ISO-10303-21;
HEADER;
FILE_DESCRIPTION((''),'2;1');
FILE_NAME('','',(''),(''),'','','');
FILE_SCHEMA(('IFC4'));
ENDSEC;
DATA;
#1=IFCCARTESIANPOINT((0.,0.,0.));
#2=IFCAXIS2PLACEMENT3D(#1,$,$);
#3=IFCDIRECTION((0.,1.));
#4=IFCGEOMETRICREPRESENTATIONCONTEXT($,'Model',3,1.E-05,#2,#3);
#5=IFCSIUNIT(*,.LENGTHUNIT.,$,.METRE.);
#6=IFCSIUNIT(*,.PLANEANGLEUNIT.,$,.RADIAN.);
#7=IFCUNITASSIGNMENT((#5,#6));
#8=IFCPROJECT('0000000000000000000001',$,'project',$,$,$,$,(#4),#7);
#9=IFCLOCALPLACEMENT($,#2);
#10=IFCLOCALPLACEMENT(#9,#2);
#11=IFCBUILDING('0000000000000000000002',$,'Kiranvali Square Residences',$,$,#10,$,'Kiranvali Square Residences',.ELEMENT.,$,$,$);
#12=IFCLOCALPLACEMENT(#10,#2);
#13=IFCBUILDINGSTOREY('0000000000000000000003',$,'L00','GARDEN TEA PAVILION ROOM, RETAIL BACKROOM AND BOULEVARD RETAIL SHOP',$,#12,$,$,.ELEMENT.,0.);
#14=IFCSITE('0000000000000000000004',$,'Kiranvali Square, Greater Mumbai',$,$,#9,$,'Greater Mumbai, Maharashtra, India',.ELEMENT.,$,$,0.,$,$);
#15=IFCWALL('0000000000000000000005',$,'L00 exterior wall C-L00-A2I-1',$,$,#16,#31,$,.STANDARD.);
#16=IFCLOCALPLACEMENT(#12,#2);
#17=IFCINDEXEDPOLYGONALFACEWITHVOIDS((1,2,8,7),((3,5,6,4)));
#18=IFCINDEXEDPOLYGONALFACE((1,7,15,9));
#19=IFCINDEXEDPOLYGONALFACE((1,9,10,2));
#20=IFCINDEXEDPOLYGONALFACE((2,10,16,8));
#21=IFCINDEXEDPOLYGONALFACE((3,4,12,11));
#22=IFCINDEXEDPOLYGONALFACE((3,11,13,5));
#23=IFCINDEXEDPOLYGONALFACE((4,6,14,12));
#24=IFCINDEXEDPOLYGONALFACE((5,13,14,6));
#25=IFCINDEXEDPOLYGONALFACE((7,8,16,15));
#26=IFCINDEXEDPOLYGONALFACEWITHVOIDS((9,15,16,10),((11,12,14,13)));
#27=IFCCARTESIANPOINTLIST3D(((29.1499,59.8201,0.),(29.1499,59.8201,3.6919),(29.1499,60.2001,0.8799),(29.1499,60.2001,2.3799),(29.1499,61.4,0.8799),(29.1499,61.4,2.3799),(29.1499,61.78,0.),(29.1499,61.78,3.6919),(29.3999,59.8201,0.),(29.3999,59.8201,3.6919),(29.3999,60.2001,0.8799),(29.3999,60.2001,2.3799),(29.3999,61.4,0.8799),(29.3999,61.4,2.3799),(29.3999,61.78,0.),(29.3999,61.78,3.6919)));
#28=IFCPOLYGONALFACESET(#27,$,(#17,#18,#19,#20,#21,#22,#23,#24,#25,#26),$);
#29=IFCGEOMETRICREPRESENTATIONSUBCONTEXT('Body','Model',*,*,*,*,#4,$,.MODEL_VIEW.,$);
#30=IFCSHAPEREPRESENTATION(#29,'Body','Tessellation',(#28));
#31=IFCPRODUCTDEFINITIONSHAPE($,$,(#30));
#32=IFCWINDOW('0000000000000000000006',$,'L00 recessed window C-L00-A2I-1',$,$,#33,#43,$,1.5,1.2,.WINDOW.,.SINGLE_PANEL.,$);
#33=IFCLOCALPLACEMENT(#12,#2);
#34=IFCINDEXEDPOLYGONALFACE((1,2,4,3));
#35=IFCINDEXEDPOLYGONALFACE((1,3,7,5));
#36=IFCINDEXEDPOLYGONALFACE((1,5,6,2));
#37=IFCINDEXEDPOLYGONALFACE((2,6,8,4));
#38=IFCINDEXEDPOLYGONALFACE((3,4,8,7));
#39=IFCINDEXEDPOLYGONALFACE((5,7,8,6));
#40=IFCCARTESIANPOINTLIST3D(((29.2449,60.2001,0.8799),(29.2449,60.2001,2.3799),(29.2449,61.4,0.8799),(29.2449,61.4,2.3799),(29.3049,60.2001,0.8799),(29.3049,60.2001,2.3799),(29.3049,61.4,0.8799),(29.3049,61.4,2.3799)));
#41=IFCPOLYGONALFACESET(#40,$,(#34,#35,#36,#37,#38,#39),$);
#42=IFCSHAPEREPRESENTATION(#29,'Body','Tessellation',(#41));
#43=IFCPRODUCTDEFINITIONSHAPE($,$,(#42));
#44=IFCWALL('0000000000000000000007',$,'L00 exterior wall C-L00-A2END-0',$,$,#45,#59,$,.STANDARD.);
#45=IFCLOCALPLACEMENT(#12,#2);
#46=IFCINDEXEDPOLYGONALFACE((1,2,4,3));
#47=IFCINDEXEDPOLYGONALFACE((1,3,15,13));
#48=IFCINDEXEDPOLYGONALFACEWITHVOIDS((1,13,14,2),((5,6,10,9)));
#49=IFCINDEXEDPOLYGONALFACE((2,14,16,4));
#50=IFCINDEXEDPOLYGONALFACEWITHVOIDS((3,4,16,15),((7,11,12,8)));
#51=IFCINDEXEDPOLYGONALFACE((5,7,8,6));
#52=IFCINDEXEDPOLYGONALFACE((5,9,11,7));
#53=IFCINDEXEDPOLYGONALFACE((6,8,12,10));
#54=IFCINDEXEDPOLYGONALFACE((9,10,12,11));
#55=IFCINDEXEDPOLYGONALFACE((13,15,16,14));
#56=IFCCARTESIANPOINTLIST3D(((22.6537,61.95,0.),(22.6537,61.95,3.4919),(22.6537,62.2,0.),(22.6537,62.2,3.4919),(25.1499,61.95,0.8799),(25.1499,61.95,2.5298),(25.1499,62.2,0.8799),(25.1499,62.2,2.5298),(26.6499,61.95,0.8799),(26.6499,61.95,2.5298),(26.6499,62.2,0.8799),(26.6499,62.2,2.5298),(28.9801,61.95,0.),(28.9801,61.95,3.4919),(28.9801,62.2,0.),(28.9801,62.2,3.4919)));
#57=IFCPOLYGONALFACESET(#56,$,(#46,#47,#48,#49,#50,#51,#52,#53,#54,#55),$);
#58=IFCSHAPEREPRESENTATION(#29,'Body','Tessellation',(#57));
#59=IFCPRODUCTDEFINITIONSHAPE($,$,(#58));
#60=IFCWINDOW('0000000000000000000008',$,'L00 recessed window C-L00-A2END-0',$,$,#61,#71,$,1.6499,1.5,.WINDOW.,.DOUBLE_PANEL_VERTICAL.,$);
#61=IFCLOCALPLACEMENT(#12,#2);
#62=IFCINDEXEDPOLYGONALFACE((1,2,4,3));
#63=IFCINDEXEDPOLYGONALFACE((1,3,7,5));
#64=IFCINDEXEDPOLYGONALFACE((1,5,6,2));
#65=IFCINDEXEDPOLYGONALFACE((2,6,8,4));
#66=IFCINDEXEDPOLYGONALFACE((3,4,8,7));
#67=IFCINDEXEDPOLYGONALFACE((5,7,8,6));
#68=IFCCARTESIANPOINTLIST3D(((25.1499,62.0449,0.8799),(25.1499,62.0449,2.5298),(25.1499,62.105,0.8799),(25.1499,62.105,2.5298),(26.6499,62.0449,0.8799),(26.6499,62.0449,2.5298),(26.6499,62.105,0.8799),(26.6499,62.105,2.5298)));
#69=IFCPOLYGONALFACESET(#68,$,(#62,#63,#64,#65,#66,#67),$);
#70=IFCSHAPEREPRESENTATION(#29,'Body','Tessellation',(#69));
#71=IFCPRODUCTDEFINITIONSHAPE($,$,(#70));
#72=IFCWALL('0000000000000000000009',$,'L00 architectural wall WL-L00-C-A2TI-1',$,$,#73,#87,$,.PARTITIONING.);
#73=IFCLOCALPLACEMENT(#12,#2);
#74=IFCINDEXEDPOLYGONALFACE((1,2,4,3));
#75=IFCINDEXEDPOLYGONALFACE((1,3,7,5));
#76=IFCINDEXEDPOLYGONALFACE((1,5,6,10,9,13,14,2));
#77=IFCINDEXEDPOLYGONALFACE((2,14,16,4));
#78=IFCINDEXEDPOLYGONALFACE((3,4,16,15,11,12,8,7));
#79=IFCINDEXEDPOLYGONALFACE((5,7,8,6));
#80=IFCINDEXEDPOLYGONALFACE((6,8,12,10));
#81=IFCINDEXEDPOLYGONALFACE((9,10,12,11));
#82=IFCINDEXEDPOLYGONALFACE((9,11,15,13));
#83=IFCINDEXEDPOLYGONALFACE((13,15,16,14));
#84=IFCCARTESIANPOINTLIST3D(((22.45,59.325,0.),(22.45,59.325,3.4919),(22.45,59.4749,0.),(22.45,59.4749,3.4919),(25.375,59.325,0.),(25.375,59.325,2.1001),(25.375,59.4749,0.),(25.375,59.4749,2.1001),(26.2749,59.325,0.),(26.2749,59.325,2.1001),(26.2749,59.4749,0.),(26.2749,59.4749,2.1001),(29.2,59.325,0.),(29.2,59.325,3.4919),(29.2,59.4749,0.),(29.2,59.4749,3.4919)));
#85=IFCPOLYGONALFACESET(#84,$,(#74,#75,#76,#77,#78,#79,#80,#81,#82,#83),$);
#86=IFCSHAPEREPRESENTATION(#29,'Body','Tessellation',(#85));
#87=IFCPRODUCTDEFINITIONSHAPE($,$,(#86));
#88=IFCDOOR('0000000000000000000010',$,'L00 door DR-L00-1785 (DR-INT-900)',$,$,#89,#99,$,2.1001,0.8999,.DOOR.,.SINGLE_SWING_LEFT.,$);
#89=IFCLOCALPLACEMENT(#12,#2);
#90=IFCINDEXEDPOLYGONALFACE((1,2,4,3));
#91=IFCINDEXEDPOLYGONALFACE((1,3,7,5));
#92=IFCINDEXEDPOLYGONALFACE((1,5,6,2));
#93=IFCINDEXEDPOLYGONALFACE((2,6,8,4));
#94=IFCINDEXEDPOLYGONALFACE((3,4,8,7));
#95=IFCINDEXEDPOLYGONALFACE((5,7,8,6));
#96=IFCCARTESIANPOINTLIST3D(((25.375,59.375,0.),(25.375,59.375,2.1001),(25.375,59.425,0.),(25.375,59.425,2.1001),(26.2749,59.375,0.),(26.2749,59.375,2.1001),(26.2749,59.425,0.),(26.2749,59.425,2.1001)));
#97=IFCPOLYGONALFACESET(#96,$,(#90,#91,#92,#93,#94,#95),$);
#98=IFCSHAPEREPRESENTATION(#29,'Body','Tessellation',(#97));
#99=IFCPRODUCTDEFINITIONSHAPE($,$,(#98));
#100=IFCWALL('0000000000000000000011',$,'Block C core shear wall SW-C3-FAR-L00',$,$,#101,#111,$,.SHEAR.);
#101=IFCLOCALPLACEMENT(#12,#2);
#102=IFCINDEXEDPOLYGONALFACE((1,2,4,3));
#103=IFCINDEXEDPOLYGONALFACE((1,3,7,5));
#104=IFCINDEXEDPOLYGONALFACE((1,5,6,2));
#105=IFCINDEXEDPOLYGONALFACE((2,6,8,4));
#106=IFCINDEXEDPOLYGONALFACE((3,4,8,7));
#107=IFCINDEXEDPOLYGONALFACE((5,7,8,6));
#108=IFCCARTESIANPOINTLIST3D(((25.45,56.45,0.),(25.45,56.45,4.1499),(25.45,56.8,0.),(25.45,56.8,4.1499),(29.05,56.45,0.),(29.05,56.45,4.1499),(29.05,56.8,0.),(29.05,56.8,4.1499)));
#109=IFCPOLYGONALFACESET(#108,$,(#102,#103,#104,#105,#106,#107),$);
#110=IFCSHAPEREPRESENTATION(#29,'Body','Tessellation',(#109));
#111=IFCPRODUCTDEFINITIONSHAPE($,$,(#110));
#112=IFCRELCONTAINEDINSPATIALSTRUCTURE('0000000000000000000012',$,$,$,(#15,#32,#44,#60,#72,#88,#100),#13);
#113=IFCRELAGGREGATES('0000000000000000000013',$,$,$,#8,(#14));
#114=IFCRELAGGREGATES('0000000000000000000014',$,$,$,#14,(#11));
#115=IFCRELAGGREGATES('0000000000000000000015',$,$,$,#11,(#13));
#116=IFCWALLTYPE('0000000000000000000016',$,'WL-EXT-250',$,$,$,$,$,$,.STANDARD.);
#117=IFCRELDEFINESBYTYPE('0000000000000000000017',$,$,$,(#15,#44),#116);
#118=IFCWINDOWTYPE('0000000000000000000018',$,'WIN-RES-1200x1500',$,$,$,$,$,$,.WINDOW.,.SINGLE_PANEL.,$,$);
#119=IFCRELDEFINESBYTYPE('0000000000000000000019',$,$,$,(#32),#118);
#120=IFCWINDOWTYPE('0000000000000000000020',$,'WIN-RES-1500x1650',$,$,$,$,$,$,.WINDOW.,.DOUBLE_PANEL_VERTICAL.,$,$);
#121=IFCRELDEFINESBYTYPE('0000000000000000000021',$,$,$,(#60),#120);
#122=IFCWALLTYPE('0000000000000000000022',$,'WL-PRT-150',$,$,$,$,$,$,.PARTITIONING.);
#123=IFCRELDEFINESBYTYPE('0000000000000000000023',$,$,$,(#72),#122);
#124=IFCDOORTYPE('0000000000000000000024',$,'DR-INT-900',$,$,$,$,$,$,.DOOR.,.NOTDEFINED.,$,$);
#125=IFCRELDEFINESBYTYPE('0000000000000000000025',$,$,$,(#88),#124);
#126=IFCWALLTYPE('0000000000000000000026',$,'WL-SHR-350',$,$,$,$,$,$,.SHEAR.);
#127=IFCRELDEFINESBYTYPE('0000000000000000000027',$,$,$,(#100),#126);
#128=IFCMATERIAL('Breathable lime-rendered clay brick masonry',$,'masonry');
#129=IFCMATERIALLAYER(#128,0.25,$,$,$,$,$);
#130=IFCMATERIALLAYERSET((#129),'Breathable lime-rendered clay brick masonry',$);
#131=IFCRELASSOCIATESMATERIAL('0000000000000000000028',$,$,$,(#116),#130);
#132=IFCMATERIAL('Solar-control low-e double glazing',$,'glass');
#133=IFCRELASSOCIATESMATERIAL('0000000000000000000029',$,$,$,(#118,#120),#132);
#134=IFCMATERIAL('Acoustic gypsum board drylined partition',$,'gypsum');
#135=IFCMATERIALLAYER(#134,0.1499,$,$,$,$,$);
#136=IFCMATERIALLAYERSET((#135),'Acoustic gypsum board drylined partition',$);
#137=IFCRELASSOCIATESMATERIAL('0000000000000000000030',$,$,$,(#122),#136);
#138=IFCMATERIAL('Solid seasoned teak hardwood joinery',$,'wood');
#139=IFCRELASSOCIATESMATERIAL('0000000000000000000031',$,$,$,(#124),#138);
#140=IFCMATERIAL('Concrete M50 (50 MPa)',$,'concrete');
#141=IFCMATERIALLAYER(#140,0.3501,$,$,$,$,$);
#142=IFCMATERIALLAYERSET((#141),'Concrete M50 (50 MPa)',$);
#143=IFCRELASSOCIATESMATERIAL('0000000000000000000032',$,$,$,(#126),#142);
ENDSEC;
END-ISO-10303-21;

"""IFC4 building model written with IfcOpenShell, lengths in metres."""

from ifc_helpers import new_model, si_unit, direction, frame, frame_2d, origin, place, context, subcontext, project, spatial, rectangle, extrude, material, layer, layer_set, type_object, element, fill, save


model = new_model("IFC4")

# Units and contexts
model_context = context("Model", 3, precision=1e-05, world=origin(), true_north=direction((0.0, 1.0)))
body_context = subcontext(model_context, "Body", "Model", "MODEL_VIEW")
ifc_project = project(units=[si_unit("LENGTHUNIT", "METRE"), si_unit("PLANEANGLEUNIT", "RADIAN")], contexts=[model_context])

# Site, building, storey
site_placement = place(None, origin())
site = spatial("IfcSite", under=ifc_project, at=site_placement, Name="Kiranvali Square, Greater Mumbai", LongName="Greater Mumbai, Maharashtra, India", CompositionType="ELEMENT", RefElevation=0.0)
building_placement = place(site_placement, origin())
building = spatial("IfcBuilding", under=site, at=building_placement, Name="Kiranvali Square Residences", LongName="Kiranvali Square Residences", CompositionType="ELEMENT")
storey_placement = place(building_placement, origin())
storey = spatial("IfcBuildingStorey", under=building, at=storey_placement, Name="L00", Description="GARDEN TEA PAVILION ROOM, RETAIL BACKROOM AND BOULEVARD RETAIL SHOP", CompositionType="ELEMENT", Elevation=0.0)

# Walls, openings, windows
ifc_material_1 = material(Name="Breathable lime-rendered clay brick masonry", Category="masonry")
ifc_layer_1 = layer(ifc_material_1, 0.25)
ifc_layer_set_1 = layer_set([ifc_layer_1], Name="Breathable lime-rendered clay brick masonry")
wall_type_1 = type_object("IfcWallType", Name="WL-EXT-250", PredefinedType="STANDARD", material=ifc_layer_set_1)
ifc_material_2 = material(Name="Solar-control low-e double glazing", Category="glass")
window_type_1 = type_object("IfcWindowType", Name="WIN-RES-1200x1500", PartitioningType="SINGLE_PANEL", PredefinedType="WINDOW", material=ifc_material_2)
wall_1_placement = place(storey_placement, frame((29.2749, 59.8201, 0.0), z_axis=(0.0, 0.0, 1.0), x_axis=(0.0, 1.0, 0.0)))
wall_1 = element("IfcWall", 1, at=wall_1_placement, inside=storey, type_object=wall_type_1, Name="L00 exterior wall C-L00-A2I-1", PredefinedType="STANDARD", context=body_context, shape_type="SweptSolid", body=[
    extrude(rectangle(XDim=1.96, YDim=0.25, at=frame_2d((0.98, 0.0))), origin(), (0.0, 0.0, 1.0), 3.6919),
])
opening_1_placement = place(wall_1_placement, frame((0.3799, 0.0, 0.8799)))
opening_1 = element("IfcOpeningElement", 2, at=opening_1_placement, cuts=wall_1, PredefinedType="OPENING", context=body_context, shape_type="SweptSolid", body=[
    extrude(rectangle(XDim=1.2, YDim=1.5, at=frame_2d((0.6001, 0.75))), frame((0.0, 0.135, 0.0), z_axis=(0.0, -1.0, 0.0), x_axis=(1.0, 0.0, 0.0)), (0.0, 0.0, 1.0), 0.27),
])
window_1_placement = place(opening_1_placement, origin())
window_1 = element("IfcWindow", 3, at=window_1_placement, inside=storey, type_object=window_type_1, Name="L00 recessed window C-L00-A2I-1", OverallHeight=1.5, OverallWidth=1.2, PartitioningType="SINGLE_PANEL", PredefinedType="WINDOW", context=body_context, shape_type="SweptSolid", body=[
    extrude(rectangle(XDim=1.2, YDim=1.5, at=frame_2d((0.6001, 0.75))), frame((0.0, 0.03, 0.0), z_axis=(0.0, -1.0, 0.0), x_axis=(1.0, 0.0, 0.0)), (0.0, 0.0, 1.0), 0.0601),
])
fill(opening_1, window_1)
wall_2_placement = place(storey_placement, frame((28.98, 62.075, 0.0), z_axis=(0.0, 0.0, 1.0), x_axis=(-1.0, 0.0, 0.0)))
wall_2 = element("IfcWall", 4, at=wall_2_placement, inside=storey, type_object=wall_type_1, Name="L00 exterior wall C-L00-A2END-0", PredefinedType="STANDARD", context=body_context, shape_type="SweptSolid", body=[
    extrude(rectangle(XDim=6.3264, YDim=0.25, at=frame_2d((3.1631, 0.0))), origin(), (0.0, 0.0, 1.0), 3.4919),
])
opening_2_placement = place(wall_2_placement, frame((2.3301, 0.0, 0.8799)))
opening_2 = element("IfcOpeningElement", 5, at=opening_2_placement, cuts=wall_2, PredefinedType="OPENING", context=body_context, shape_type="SweptSolid", body=[
    extrude(rectangle(XDim=1.5, YDim=1.6499, at=frame_2d((0.75, 0.825))), frame((0.0, 0.135, 0.0), z_axis=(0.0, -1.0, 0.0), x_axis=(1.0, 0.0, 0.0)), (0.0, 0.0, 1.0), 0.27),
])
window_type_2 = type_object("IfcWindowType", Name="WIN-RES-1500x1650", PartitioningType="DOUBLE_PANEL_VERTICAL", PredefinedType="WINDOW", material=ifc_material_2)
window_2_placement = place(opening_2_placement, origin())
window_2 = element("IfcWindow", 6, at=window_2_placement, inside=storey, type_object=window_type_2, Name="L00 recessed window C-L00-A2END-0", OverallHeight=1.6499, OverallWidth=1.5, PartitioningType="DOUBLE_PANEL_VERTICAL", PredefinedType="WINDOW", context=body_context, shape_type="SweptSolid", body=[
    extrude(rectangle(XDim=1.5, YDim=1.6499, at=frame_2d((0.75, 0.825))), frame((0.0, 0.03, 0.0), z_axis=(0.0, -1.0, 0.0), x_axis=(1.0, 0.0, 0.0)), (0.0, 0.0, 1.0), 0.0601),
])
fill(opening_2, window_2)

# Wall, opening, door
ifc_material_3 = material(Name="Acoustic gypsum board drylined partition", Category="gypsum")
ifc_layer_2 = layer(ifc_material_3, 0.1499)
ifc_layer_set_2 = layer_set([ifc_layer_2], Name="Acoustic gypsum board drylined partition")
wall_type_2 = type_object("IfcWallType", Name="WL-PRT-150", PredefinedType="PARTITIONING", material=ifc_layer_set_2)
wall_3_placement = place(storey_placement, frame((29.2, 59.3999, 0.0), z_axis=(0.0, 0.0, 1.0), x_axis=(-1.0, 0.0, 0.0)))
wall_3 = element("IfcWall", 7, at=wall_3_placement, inside=storey, type_object=wall_type_2, Name="L00 architectural wall WL-L00-C-A2TI-1", PredefinedType="PARTITIONING", context=body_context, shape_type="SweptSolid", body=[
    extrude(rectangle(XDim=6.75, YDim=0.1499, at=frame_2d((3.375, 0.0))), origin(), (0.0, 0.0, 1.0), 3.4919),
])
opening_3_placement = place(wall_3_placement, frame((2.925, 0.0, 0.0)))
opening_3 = element("IfcOpeningElement", 8, at=opening_3_placement, cuts=wall_3, PredefinedType="OPENING", context=body_context, shape_type="SweptSolid", body=[
    extrude(rectangle(XDim=0.8999, YDim=2.1001, at=frame_2d((0.45, 1.05))), frame((0.0, 0.085, 0.0), z_axis=(0.0, -1.0, 0.0), x_axis=(1.0, 0.0, 0.0)), (0.0, 0.0, 1.0), 0.1699),
])
ifc_material_4 = material(Name="Solid seasoned teak hardwood joinery", Category="wood")
door_type_1 = type_object("IfcDoorType", Name="DR-INT-900", OperationType="NOTDEFINED", PredefinedType="DOOR", material=ifc_material_4)
door_1_placement = place(opening_3_placement, origin())
door_1 = element("IfcDoor", 9, at=door_1_placement, inside=storey, type_object=door_type_1, Name="L00 door DR-L00-1785 (DR-INT-900)", OperationType="SINGLE_SWING_LEFT", OverallHeight=2.1001, OverallWidth=0.8999, PredefinedType="DOOR", context=body_context, shape_type="SweptSolid", body=[
    extrude(rectangle(XDim=0.8999, YDim=2.1001, at=frame_2d((0.45, 1.05))), frame((0.0, 0.0249, 0.0), z_axis=(0.0, -1.0, 0.0), x_axis=(1.0, 0.0, 0.0)), (0.0, 0.0, 1.0), 0.05),
])
fill(opening_3, door_1)

# Wall
ifc_material_5 = material(Name="Concrete M50 (50 MPa)", Category="concrete")
ifc_layer_3 = layer(ifc_material_5, 0.3501)
ifc_layer_set_3 = layer_set([ifc_layer_3], Name="Concrete M50 (50 MPa)")
wall_type_3 = type_object("IfcWallType", Name="WL-SHR-350", PredefinedType="SHEAR", material=ifc_layer_set_3)
wall_4_placement = place(storey_placement, frame((29.05, 56.625, 0.0), z_axis=(0.0, 0.0, 1.0), x_axis=(-1.0, 0.0, 0.0)))
element("IfcWall", 10, at=wall_4_placement, inside=storey, type_object=wall_type_3, Name="Block C core shear wall SW-C3-FAR-L00", PredefinedType="SHEAR", context=body_context, shape_type="SweptSolid", body=[
    extrude(rectangle(XDim=3.6001, YDim=0.3501, at=frame_2d((1.8, 0.0))), origin(), (0.0, 0.0, 1.0), 4.1499),
])

save(model, "model.ifc")
